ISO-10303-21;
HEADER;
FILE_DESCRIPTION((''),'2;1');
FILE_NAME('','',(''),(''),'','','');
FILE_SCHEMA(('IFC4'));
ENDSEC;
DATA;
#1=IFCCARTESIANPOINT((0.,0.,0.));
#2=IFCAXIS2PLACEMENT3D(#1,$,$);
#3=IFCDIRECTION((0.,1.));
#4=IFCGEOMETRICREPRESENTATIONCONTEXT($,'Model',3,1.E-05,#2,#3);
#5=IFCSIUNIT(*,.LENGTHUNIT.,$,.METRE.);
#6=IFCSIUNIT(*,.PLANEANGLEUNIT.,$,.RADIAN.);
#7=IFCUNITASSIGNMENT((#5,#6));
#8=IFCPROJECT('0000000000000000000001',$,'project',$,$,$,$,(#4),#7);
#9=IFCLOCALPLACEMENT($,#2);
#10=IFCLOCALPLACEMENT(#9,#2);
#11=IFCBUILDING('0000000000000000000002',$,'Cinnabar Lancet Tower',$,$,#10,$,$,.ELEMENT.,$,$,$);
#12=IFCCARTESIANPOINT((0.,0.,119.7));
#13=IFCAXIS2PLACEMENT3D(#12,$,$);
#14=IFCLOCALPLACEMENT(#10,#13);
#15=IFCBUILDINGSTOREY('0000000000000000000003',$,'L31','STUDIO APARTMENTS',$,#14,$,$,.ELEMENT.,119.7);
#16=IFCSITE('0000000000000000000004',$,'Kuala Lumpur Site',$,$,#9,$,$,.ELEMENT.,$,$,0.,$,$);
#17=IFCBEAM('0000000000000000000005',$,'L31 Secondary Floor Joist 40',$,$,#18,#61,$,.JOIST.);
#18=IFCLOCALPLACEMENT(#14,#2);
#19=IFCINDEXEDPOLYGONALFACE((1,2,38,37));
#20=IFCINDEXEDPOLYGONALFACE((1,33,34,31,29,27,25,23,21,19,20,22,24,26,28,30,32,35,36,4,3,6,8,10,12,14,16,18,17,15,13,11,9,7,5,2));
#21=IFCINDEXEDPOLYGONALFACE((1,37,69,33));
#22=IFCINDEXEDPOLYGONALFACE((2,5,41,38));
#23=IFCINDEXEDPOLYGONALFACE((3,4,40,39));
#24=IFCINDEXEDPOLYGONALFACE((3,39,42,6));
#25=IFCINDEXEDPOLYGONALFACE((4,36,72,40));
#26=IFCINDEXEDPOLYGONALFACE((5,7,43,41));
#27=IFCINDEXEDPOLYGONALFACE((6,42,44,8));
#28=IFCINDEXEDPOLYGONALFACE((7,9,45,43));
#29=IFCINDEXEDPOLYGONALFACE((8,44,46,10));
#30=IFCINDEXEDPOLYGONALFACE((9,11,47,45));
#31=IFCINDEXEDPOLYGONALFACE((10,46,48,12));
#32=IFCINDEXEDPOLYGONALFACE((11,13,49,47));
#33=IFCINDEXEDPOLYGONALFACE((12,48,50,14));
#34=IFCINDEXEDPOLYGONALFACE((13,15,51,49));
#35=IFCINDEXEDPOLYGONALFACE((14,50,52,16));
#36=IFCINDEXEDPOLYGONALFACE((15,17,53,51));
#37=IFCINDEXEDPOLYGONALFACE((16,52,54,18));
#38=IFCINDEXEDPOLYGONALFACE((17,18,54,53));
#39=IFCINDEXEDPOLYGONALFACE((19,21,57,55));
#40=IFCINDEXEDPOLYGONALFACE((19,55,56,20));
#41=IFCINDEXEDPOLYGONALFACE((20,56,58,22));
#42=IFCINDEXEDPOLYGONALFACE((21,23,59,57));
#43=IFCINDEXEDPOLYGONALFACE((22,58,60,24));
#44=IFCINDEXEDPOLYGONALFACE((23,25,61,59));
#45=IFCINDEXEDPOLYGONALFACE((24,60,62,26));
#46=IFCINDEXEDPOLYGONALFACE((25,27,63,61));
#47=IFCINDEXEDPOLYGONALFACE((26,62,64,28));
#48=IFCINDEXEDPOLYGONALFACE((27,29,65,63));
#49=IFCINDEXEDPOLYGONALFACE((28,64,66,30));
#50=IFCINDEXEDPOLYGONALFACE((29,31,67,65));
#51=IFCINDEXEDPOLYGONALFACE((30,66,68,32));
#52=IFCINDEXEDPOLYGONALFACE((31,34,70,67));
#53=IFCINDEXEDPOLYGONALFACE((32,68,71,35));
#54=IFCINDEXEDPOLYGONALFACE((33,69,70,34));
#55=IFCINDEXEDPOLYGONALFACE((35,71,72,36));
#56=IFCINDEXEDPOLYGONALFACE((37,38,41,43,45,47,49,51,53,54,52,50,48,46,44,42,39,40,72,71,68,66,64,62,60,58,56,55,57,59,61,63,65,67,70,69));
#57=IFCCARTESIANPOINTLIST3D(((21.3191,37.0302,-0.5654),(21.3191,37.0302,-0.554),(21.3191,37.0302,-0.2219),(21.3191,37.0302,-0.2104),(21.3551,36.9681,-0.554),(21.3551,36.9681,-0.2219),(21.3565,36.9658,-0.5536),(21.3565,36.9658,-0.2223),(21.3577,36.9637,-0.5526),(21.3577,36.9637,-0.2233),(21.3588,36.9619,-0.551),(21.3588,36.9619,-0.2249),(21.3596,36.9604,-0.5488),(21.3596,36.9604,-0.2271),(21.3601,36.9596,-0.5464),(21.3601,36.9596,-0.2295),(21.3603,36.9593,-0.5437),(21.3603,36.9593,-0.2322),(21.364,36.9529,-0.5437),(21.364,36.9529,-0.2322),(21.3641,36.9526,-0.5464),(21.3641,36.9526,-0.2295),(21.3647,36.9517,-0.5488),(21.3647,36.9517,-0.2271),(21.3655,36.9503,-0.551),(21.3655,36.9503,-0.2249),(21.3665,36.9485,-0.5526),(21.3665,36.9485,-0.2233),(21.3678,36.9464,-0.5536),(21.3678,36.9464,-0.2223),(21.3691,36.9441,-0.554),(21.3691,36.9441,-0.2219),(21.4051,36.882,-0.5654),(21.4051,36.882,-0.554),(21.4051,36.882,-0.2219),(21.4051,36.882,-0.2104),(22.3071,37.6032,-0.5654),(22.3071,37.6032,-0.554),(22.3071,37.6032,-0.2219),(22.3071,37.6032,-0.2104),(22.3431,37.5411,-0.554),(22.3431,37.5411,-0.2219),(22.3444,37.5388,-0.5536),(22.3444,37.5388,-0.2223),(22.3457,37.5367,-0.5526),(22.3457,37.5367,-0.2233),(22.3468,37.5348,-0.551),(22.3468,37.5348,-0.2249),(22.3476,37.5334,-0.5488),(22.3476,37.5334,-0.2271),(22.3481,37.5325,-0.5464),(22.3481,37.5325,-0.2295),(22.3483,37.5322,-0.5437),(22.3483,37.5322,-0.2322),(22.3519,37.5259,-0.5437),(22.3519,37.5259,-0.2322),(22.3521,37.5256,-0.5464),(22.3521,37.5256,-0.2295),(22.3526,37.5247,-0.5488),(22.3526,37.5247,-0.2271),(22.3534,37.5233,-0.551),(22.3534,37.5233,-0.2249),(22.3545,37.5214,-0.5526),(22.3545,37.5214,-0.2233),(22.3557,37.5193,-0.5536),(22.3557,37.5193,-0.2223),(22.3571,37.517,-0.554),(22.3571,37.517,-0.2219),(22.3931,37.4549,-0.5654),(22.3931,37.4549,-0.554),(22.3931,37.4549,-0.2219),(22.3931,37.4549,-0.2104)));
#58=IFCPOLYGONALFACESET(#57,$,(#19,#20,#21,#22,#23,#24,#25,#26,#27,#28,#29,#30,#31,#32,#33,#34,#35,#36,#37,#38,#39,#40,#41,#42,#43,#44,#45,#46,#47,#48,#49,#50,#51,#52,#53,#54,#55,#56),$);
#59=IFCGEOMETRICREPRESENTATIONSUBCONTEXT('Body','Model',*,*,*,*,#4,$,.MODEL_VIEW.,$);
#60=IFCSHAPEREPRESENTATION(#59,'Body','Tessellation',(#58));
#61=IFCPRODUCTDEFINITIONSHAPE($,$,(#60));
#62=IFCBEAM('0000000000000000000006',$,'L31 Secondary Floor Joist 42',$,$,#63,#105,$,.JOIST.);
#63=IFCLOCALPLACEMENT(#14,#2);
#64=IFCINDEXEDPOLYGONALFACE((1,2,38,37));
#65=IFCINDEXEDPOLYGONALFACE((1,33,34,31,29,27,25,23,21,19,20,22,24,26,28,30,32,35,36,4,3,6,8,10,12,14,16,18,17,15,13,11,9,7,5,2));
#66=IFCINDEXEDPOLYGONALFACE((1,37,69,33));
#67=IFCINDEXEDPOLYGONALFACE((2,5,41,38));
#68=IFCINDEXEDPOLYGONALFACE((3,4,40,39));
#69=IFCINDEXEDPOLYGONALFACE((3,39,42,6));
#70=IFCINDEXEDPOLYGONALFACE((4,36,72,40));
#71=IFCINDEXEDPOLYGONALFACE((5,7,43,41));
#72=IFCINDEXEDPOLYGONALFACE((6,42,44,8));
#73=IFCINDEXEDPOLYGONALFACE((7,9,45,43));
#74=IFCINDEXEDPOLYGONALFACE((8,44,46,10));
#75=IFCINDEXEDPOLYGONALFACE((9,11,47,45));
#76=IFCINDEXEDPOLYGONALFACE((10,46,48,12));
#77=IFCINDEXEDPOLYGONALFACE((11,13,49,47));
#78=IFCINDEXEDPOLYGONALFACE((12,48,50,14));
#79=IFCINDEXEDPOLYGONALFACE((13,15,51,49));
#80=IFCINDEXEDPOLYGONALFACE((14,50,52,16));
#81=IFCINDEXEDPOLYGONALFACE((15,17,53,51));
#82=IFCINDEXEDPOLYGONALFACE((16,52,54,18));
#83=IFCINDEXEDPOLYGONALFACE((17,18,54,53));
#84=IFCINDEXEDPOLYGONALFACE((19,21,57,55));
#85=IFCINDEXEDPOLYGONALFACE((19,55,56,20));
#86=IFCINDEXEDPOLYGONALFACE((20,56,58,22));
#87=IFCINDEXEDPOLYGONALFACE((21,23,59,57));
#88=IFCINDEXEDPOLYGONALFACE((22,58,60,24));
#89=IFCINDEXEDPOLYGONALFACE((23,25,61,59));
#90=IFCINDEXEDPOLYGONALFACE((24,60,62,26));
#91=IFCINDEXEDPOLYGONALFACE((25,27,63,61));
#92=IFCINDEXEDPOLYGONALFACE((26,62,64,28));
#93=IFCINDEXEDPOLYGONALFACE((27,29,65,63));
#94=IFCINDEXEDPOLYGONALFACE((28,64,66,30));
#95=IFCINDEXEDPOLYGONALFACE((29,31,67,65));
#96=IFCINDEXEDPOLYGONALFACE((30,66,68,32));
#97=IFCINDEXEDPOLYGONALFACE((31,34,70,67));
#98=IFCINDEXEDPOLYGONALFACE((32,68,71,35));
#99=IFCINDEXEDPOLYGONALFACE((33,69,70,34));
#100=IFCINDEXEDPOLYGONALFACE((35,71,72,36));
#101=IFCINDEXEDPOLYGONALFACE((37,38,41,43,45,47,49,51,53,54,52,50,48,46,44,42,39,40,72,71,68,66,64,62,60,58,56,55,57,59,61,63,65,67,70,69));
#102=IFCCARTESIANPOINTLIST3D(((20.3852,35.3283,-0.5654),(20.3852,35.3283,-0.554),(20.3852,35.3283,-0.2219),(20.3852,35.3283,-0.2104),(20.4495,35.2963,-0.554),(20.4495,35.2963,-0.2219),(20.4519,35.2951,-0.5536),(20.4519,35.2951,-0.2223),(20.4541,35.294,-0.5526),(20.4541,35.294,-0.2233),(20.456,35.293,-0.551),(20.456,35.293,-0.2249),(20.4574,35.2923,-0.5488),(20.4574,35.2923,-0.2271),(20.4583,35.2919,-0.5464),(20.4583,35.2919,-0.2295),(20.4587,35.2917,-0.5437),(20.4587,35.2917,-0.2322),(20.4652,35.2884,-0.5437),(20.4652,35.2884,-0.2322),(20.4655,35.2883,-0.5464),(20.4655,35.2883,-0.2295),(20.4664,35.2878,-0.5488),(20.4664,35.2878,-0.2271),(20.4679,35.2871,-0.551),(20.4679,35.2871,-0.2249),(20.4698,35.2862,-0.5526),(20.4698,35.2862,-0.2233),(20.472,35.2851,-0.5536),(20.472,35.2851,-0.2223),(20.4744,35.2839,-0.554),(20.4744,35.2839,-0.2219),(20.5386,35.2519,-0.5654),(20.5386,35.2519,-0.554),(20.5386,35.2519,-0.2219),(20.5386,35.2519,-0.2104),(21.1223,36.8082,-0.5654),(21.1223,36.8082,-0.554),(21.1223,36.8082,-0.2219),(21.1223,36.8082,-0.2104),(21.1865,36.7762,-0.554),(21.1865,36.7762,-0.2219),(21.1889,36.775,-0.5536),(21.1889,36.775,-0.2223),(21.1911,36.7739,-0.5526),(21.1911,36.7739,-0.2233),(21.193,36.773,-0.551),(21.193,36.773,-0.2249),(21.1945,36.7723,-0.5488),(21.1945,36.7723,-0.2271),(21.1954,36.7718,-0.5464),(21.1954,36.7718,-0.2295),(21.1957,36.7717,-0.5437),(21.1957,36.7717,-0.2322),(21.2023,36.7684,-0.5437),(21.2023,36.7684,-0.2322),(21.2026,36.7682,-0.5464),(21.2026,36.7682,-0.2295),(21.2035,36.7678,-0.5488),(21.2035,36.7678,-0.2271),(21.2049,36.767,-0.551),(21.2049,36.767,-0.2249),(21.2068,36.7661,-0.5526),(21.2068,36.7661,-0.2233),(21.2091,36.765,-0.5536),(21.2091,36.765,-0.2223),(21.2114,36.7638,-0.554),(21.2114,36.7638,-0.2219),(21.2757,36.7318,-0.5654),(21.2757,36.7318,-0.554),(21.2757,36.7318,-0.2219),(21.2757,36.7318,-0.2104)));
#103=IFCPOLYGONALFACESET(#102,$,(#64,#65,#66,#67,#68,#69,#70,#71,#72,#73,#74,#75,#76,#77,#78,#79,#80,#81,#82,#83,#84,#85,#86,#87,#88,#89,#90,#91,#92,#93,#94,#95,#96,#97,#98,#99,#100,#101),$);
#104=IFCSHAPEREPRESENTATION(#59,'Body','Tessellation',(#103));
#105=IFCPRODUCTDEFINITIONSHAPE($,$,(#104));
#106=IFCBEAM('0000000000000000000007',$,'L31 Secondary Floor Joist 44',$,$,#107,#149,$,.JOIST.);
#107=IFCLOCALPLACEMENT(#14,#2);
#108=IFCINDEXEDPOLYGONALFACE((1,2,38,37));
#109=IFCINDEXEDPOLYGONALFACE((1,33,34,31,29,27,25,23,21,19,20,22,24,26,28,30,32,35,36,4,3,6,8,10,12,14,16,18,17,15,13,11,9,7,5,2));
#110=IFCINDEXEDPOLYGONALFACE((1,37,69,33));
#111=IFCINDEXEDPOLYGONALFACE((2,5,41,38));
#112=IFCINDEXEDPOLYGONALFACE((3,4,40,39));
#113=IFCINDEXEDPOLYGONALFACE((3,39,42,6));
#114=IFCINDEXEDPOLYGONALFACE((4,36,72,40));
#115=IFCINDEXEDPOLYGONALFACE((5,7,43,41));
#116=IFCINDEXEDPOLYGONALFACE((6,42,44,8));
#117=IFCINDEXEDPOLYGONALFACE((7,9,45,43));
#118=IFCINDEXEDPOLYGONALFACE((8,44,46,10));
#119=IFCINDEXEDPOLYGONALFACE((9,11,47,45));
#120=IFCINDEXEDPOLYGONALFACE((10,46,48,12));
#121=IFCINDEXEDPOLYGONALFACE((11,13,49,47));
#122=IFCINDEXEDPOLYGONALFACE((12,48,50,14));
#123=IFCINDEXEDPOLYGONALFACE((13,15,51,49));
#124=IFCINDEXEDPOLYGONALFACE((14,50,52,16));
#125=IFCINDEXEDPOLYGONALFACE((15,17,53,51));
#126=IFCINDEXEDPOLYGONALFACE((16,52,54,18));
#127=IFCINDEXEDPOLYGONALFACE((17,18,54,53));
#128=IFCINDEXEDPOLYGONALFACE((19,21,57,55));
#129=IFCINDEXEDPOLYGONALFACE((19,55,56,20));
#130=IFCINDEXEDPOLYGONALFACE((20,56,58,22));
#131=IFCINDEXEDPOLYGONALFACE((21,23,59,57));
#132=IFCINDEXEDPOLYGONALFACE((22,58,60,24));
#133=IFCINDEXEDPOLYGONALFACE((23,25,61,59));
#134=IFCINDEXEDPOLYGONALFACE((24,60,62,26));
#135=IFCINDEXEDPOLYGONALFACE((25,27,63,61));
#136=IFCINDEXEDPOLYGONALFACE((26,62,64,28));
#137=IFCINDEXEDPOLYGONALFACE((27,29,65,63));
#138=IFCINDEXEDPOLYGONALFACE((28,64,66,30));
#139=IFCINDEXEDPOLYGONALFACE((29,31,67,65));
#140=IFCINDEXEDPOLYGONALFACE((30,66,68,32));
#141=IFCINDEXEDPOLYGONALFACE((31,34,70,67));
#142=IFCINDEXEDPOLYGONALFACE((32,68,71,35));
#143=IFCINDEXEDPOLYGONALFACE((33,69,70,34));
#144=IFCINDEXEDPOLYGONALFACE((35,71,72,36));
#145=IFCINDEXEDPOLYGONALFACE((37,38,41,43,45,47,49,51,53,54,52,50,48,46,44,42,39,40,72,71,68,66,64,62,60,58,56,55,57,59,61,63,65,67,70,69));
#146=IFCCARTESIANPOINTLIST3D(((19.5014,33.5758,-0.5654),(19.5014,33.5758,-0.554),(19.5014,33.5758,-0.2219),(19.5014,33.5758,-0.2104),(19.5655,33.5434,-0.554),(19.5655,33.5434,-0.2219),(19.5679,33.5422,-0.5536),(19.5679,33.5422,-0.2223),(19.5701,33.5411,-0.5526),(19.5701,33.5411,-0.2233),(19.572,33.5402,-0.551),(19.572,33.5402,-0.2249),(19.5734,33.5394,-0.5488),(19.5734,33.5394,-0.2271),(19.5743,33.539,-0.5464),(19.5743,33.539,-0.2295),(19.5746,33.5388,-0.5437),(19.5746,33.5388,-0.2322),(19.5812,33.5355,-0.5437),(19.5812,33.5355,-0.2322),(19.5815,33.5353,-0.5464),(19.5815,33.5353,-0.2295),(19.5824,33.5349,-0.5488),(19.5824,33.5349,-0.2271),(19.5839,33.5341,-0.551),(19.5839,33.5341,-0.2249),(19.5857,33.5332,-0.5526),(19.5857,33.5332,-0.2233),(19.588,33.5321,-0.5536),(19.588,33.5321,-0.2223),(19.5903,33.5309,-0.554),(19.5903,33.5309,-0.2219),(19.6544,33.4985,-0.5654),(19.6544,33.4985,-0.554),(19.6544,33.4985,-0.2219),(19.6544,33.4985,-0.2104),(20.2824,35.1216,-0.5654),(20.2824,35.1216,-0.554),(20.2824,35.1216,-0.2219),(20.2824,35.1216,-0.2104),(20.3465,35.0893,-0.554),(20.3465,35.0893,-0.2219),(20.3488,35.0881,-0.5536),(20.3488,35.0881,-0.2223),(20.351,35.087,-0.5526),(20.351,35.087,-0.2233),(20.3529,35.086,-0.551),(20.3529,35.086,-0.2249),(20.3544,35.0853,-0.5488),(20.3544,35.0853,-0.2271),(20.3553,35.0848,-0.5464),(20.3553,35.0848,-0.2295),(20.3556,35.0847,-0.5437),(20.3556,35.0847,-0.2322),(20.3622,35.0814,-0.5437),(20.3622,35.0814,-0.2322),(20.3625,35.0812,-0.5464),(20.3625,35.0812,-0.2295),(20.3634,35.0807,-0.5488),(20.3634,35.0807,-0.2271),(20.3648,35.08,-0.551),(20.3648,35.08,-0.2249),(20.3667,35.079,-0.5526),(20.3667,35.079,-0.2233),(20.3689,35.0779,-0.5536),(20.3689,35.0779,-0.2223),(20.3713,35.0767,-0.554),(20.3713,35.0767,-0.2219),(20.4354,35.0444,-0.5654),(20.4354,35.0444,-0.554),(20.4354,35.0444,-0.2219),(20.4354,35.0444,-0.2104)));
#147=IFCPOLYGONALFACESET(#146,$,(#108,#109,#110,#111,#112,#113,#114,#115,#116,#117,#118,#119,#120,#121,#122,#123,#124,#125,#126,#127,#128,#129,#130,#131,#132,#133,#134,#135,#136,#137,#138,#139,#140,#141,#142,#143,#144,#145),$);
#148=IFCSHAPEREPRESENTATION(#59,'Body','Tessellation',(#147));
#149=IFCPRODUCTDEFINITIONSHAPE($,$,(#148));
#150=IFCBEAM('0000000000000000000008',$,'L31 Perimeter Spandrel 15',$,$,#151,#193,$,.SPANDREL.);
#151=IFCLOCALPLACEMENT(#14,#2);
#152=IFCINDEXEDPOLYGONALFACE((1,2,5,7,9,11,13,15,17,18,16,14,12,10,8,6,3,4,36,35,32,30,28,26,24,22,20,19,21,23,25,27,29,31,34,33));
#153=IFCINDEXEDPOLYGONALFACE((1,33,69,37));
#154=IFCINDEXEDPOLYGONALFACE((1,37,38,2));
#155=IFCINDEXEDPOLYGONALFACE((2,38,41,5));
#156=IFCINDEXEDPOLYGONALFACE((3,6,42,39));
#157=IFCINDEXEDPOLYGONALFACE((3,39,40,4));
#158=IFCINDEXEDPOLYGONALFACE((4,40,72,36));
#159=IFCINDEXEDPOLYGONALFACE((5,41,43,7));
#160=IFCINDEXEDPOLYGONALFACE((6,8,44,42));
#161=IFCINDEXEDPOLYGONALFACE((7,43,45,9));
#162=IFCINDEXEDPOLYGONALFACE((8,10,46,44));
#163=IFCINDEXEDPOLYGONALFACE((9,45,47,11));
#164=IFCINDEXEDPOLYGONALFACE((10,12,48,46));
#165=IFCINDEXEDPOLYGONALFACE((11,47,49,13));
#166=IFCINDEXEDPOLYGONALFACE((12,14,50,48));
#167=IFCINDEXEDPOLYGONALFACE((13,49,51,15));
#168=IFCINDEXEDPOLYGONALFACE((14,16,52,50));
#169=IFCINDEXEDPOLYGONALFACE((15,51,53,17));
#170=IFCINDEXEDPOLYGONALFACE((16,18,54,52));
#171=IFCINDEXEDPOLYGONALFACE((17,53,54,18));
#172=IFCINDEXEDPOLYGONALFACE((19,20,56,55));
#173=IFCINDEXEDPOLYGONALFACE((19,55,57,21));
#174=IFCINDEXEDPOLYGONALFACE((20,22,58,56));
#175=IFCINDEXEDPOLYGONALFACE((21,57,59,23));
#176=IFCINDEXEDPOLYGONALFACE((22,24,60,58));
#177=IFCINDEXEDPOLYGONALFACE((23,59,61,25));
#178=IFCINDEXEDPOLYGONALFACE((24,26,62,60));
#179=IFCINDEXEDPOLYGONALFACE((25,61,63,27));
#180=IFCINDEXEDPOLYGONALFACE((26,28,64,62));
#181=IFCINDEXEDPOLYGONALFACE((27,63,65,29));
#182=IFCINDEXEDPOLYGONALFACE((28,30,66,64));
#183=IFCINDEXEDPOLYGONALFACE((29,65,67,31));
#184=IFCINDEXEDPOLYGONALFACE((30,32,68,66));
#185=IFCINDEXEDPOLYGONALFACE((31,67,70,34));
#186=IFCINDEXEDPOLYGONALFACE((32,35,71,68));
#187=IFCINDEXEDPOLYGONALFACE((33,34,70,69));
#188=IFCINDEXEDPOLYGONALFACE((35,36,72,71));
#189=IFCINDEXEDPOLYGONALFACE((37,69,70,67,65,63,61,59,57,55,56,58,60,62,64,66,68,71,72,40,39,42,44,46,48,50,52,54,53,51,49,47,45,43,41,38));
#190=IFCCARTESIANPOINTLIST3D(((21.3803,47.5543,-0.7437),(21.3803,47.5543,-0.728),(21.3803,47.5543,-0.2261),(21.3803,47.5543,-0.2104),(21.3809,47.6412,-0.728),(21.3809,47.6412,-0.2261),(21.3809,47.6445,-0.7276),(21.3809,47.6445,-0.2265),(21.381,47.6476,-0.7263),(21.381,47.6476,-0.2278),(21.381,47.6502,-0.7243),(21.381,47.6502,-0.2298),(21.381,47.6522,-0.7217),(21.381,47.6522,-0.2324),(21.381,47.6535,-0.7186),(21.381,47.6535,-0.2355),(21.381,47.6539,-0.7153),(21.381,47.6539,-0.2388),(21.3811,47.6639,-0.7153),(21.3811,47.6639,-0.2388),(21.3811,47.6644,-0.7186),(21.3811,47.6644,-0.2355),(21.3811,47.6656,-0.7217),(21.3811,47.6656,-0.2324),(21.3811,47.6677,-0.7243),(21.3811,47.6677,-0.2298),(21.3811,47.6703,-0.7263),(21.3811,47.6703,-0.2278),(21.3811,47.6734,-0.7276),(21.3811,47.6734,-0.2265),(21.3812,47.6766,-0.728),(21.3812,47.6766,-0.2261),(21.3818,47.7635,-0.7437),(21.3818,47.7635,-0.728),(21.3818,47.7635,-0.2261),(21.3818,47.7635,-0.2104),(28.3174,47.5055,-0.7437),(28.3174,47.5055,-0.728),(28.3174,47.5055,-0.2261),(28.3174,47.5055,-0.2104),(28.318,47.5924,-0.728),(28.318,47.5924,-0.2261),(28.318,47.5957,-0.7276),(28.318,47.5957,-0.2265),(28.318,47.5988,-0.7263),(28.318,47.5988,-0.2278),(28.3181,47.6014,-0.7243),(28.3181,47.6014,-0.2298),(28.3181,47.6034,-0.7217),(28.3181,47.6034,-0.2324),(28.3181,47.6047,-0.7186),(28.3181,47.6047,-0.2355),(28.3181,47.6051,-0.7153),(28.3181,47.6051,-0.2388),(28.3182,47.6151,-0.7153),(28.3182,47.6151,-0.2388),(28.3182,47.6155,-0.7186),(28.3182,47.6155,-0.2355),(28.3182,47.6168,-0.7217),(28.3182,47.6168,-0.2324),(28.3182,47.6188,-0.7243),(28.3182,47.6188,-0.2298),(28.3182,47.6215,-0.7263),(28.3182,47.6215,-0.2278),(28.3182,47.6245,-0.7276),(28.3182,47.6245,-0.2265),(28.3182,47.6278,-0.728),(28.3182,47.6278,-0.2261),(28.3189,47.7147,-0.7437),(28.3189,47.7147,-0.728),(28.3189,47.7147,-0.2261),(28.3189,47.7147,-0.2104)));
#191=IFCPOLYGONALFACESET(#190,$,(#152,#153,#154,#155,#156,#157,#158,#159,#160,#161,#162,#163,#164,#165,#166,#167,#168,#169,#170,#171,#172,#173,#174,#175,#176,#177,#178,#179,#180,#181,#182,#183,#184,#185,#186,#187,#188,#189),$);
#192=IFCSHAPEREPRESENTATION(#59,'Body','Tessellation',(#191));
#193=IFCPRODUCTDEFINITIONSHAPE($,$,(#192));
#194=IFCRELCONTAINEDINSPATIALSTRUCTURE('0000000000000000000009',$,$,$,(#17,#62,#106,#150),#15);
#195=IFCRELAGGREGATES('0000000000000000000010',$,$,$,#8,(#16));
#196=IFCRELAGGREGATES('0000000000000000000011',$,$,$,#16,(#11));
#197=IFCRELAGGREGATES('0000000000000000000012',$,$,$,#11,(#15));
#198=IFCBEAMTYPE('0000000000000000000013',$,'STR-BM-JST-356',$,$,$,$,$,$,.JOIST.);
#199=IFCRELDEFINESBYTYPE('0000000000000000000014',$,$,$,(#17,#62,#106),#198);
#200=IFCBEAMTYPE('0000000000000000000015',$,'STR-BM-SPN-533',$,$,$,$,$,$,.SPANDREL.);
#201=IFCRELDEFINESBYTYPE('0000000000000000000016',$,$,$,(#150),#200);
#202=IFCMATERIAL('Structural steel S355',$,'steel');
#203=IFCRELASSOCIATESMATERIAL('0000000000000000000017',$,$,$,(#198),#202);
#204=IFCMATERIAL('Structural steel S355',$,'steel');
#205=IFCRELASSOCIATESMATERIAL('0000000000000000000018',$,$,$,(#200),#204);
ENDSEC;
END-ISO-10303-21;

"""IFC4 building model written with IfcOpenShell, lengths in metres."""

from ifc_helpers import new_model, si_unit, direction, frame, origin, origin_2d, place, context, subcontext, project, spatial, i_section, extrude, material, material_profile, profile_set, type_object, element, save


model = new_model("IFC4")

# Units and contexts
model_context = context("Model", 3, precision=1e-05, world=origin(), true_north=direction((0.0, 1.0)))
body_context = subcontext(model_context, "Body", "Model", "MODEL_VIEW")
ifc_project = project(units=[si_unit("LENGTHUNIT", "METRE"), si_unit("PLANEANGLEUNIT", "RADIAN")], contexts=[model_context])

# Site, building, storey
site_placement = place(None, origin())
site = spatial("IfcSite", under=ifc_project, at=site_placement, Name="Kuala Lumpur Site", CompositionType="ELEMENT", RefElevation=0.0)
building_placement = place(site_placement, origin())
building = spatial("IfcBuilding", under=site, at=building_placement, Name="Cinnabar Lancet Tower", CompositionType="ELEMENT")
storey_placement = place(building_placement, frame((0.0, 0.0, 119.7)))
storey = spatial("IfcBuildingStorey", under=building, at=storey_placement, Name="L31", Description="STUDIO APARTMENTS", CompositionType="ELEMENT", Elevation=119.7)

# Beams
ifc_material_1 = material(Name="Structural steel S355", Category="steel")
ifc_material_profile_1 = material_profile(ifc_material_1, i_section(OverallWidth=0.1714, OverallDepth=0.355, WebThickness=0.0073, FlangeThickness=0.0115, FilletRadius=0.0103, at=origin_2d()), Name="UKB 356x171x51")
ifc_profile_set_1 = profile_set([ifc_material_profile_1], Name="Structural steel S355")
beam_type_1 = type_object("IfcBeamType", Name="STR-BM-JST-356", PredefinedType="JOIST", material=ifc_profile_set_1)
beam_1_placement = place(storey_placement, frame((22.3501, 37.5291, -0.3879), z_axis=(-0.865055, -0.501677, 0.0), x_axis=(0.501677, -0.865055, 0.0)))
element("IfcBeam", 1, at=beam_1_placement, inside=storey, type_object=beam_type_1, Name="L31 Secondary Floor Joist 40", PredefinedType="JOIST", context=body_context, shape_type="SweptSolid", body=[
    extrude(i_section(OverallWidth=0.1714, OverallDepth=0.355, WebThickness=0.0073, FlangeThickness=0.0115, FilletRadius=0.0103, at=origin_2d()), origin(), (0.0, 0.0, 1.0), 1.1421),
])
beam_2_placement = place(storey_placement, frame((21.199, 36.77, -0.3879), z_axis=(-0.445795, -0.895135, 0.0), x_axis=(0.895135, -0.445795, 0.0)))
element("IfcBeam", 2, at=beam_2_placement, inside=storey, type_object=beam_type_1, Name="L31 Secondary Floor Joist 42", PredefinedType="JOIST", context=body_context, shape_type="SweptSolid", body=[
    extrude(i_section(OverallWidth=0.1714, OverallDepth=0.355, WebThickness=0.0073, FlangeThickness=0.0115, FilletRadius=0.0103, at=origin_2d()), origin(), (0.0, 0.0, 1.0), 1.6533),
])
beam_3_placement = place(storey_placement, frame((20.3589, 35.083, -0.3879), z_axis=(-0.450931, -0.892559, 0.0), x_axis=(0.892559, -0.450931, 0.0)))
element("IfcBeam", 3, at=beam_3_placement, inside=storey, type_object=beam_type_1, Name="L31 Secondary Floor Joist 44", PredefinedType="JOIST", context=body_context, shape_type="SweptSolid", body=[
    extrude(i_section(OverallWidth=0.1714, OverallDepth=0.355, WebThickness=0.0073, FlangeThickness=0.0115, FilletRadius=0.0103, at=origin_2d()), origin(), (0.0, 0.0, 1.0), 1.7319),
])
ifc_material_2 = material(Name="Structural steel S355", Category="steel")
ifc_material_profile_2 = material_profile(ifc_material_2, i_section(OverallWidth=0.2092, OverallDepth=0.5332, WebThickness=0.01, FlangeThickness=0.0156, FilletRadius=0.0127, at=origin_2d()), Name="UKB 533x210x92")
ifc_profile_set_2 = profile_set([ifc_material_profile_2], Name="Structural steel S355")
beam_type_2 = type_object("IfcBeamType", Name="STR-BM-SPN-533", PredefinedType="SPANDREL", material=ifc_profile_set_2)
beam_4_placement = place(storey_placement, frame((28.3181, 47.6101, -0.4771), z_axis=(-0.999975, 0.007039, 0.0), x_axis=(-0.007039, -0.999975, 0.0)))
element("IfcBeam", 4, at=beam_4_placement, inside=storey, type_object=beam_type_2, Name="L31 Perimeter Spandrel 15", PredefinedType="SPANDREL", context=body_context, shape_type="SweptSolid", body=[
    extrude(i_section(OverallWidth=0.2092, OverallDepth=0.5332, WebThickness=0.01, FlangeThickness=0.0156, FilletRadius=0.0127, at=origin_2d()), origin(), (0.0, 0.0, 1.0), 6.9373),
])

save(model, "model.ifc")
